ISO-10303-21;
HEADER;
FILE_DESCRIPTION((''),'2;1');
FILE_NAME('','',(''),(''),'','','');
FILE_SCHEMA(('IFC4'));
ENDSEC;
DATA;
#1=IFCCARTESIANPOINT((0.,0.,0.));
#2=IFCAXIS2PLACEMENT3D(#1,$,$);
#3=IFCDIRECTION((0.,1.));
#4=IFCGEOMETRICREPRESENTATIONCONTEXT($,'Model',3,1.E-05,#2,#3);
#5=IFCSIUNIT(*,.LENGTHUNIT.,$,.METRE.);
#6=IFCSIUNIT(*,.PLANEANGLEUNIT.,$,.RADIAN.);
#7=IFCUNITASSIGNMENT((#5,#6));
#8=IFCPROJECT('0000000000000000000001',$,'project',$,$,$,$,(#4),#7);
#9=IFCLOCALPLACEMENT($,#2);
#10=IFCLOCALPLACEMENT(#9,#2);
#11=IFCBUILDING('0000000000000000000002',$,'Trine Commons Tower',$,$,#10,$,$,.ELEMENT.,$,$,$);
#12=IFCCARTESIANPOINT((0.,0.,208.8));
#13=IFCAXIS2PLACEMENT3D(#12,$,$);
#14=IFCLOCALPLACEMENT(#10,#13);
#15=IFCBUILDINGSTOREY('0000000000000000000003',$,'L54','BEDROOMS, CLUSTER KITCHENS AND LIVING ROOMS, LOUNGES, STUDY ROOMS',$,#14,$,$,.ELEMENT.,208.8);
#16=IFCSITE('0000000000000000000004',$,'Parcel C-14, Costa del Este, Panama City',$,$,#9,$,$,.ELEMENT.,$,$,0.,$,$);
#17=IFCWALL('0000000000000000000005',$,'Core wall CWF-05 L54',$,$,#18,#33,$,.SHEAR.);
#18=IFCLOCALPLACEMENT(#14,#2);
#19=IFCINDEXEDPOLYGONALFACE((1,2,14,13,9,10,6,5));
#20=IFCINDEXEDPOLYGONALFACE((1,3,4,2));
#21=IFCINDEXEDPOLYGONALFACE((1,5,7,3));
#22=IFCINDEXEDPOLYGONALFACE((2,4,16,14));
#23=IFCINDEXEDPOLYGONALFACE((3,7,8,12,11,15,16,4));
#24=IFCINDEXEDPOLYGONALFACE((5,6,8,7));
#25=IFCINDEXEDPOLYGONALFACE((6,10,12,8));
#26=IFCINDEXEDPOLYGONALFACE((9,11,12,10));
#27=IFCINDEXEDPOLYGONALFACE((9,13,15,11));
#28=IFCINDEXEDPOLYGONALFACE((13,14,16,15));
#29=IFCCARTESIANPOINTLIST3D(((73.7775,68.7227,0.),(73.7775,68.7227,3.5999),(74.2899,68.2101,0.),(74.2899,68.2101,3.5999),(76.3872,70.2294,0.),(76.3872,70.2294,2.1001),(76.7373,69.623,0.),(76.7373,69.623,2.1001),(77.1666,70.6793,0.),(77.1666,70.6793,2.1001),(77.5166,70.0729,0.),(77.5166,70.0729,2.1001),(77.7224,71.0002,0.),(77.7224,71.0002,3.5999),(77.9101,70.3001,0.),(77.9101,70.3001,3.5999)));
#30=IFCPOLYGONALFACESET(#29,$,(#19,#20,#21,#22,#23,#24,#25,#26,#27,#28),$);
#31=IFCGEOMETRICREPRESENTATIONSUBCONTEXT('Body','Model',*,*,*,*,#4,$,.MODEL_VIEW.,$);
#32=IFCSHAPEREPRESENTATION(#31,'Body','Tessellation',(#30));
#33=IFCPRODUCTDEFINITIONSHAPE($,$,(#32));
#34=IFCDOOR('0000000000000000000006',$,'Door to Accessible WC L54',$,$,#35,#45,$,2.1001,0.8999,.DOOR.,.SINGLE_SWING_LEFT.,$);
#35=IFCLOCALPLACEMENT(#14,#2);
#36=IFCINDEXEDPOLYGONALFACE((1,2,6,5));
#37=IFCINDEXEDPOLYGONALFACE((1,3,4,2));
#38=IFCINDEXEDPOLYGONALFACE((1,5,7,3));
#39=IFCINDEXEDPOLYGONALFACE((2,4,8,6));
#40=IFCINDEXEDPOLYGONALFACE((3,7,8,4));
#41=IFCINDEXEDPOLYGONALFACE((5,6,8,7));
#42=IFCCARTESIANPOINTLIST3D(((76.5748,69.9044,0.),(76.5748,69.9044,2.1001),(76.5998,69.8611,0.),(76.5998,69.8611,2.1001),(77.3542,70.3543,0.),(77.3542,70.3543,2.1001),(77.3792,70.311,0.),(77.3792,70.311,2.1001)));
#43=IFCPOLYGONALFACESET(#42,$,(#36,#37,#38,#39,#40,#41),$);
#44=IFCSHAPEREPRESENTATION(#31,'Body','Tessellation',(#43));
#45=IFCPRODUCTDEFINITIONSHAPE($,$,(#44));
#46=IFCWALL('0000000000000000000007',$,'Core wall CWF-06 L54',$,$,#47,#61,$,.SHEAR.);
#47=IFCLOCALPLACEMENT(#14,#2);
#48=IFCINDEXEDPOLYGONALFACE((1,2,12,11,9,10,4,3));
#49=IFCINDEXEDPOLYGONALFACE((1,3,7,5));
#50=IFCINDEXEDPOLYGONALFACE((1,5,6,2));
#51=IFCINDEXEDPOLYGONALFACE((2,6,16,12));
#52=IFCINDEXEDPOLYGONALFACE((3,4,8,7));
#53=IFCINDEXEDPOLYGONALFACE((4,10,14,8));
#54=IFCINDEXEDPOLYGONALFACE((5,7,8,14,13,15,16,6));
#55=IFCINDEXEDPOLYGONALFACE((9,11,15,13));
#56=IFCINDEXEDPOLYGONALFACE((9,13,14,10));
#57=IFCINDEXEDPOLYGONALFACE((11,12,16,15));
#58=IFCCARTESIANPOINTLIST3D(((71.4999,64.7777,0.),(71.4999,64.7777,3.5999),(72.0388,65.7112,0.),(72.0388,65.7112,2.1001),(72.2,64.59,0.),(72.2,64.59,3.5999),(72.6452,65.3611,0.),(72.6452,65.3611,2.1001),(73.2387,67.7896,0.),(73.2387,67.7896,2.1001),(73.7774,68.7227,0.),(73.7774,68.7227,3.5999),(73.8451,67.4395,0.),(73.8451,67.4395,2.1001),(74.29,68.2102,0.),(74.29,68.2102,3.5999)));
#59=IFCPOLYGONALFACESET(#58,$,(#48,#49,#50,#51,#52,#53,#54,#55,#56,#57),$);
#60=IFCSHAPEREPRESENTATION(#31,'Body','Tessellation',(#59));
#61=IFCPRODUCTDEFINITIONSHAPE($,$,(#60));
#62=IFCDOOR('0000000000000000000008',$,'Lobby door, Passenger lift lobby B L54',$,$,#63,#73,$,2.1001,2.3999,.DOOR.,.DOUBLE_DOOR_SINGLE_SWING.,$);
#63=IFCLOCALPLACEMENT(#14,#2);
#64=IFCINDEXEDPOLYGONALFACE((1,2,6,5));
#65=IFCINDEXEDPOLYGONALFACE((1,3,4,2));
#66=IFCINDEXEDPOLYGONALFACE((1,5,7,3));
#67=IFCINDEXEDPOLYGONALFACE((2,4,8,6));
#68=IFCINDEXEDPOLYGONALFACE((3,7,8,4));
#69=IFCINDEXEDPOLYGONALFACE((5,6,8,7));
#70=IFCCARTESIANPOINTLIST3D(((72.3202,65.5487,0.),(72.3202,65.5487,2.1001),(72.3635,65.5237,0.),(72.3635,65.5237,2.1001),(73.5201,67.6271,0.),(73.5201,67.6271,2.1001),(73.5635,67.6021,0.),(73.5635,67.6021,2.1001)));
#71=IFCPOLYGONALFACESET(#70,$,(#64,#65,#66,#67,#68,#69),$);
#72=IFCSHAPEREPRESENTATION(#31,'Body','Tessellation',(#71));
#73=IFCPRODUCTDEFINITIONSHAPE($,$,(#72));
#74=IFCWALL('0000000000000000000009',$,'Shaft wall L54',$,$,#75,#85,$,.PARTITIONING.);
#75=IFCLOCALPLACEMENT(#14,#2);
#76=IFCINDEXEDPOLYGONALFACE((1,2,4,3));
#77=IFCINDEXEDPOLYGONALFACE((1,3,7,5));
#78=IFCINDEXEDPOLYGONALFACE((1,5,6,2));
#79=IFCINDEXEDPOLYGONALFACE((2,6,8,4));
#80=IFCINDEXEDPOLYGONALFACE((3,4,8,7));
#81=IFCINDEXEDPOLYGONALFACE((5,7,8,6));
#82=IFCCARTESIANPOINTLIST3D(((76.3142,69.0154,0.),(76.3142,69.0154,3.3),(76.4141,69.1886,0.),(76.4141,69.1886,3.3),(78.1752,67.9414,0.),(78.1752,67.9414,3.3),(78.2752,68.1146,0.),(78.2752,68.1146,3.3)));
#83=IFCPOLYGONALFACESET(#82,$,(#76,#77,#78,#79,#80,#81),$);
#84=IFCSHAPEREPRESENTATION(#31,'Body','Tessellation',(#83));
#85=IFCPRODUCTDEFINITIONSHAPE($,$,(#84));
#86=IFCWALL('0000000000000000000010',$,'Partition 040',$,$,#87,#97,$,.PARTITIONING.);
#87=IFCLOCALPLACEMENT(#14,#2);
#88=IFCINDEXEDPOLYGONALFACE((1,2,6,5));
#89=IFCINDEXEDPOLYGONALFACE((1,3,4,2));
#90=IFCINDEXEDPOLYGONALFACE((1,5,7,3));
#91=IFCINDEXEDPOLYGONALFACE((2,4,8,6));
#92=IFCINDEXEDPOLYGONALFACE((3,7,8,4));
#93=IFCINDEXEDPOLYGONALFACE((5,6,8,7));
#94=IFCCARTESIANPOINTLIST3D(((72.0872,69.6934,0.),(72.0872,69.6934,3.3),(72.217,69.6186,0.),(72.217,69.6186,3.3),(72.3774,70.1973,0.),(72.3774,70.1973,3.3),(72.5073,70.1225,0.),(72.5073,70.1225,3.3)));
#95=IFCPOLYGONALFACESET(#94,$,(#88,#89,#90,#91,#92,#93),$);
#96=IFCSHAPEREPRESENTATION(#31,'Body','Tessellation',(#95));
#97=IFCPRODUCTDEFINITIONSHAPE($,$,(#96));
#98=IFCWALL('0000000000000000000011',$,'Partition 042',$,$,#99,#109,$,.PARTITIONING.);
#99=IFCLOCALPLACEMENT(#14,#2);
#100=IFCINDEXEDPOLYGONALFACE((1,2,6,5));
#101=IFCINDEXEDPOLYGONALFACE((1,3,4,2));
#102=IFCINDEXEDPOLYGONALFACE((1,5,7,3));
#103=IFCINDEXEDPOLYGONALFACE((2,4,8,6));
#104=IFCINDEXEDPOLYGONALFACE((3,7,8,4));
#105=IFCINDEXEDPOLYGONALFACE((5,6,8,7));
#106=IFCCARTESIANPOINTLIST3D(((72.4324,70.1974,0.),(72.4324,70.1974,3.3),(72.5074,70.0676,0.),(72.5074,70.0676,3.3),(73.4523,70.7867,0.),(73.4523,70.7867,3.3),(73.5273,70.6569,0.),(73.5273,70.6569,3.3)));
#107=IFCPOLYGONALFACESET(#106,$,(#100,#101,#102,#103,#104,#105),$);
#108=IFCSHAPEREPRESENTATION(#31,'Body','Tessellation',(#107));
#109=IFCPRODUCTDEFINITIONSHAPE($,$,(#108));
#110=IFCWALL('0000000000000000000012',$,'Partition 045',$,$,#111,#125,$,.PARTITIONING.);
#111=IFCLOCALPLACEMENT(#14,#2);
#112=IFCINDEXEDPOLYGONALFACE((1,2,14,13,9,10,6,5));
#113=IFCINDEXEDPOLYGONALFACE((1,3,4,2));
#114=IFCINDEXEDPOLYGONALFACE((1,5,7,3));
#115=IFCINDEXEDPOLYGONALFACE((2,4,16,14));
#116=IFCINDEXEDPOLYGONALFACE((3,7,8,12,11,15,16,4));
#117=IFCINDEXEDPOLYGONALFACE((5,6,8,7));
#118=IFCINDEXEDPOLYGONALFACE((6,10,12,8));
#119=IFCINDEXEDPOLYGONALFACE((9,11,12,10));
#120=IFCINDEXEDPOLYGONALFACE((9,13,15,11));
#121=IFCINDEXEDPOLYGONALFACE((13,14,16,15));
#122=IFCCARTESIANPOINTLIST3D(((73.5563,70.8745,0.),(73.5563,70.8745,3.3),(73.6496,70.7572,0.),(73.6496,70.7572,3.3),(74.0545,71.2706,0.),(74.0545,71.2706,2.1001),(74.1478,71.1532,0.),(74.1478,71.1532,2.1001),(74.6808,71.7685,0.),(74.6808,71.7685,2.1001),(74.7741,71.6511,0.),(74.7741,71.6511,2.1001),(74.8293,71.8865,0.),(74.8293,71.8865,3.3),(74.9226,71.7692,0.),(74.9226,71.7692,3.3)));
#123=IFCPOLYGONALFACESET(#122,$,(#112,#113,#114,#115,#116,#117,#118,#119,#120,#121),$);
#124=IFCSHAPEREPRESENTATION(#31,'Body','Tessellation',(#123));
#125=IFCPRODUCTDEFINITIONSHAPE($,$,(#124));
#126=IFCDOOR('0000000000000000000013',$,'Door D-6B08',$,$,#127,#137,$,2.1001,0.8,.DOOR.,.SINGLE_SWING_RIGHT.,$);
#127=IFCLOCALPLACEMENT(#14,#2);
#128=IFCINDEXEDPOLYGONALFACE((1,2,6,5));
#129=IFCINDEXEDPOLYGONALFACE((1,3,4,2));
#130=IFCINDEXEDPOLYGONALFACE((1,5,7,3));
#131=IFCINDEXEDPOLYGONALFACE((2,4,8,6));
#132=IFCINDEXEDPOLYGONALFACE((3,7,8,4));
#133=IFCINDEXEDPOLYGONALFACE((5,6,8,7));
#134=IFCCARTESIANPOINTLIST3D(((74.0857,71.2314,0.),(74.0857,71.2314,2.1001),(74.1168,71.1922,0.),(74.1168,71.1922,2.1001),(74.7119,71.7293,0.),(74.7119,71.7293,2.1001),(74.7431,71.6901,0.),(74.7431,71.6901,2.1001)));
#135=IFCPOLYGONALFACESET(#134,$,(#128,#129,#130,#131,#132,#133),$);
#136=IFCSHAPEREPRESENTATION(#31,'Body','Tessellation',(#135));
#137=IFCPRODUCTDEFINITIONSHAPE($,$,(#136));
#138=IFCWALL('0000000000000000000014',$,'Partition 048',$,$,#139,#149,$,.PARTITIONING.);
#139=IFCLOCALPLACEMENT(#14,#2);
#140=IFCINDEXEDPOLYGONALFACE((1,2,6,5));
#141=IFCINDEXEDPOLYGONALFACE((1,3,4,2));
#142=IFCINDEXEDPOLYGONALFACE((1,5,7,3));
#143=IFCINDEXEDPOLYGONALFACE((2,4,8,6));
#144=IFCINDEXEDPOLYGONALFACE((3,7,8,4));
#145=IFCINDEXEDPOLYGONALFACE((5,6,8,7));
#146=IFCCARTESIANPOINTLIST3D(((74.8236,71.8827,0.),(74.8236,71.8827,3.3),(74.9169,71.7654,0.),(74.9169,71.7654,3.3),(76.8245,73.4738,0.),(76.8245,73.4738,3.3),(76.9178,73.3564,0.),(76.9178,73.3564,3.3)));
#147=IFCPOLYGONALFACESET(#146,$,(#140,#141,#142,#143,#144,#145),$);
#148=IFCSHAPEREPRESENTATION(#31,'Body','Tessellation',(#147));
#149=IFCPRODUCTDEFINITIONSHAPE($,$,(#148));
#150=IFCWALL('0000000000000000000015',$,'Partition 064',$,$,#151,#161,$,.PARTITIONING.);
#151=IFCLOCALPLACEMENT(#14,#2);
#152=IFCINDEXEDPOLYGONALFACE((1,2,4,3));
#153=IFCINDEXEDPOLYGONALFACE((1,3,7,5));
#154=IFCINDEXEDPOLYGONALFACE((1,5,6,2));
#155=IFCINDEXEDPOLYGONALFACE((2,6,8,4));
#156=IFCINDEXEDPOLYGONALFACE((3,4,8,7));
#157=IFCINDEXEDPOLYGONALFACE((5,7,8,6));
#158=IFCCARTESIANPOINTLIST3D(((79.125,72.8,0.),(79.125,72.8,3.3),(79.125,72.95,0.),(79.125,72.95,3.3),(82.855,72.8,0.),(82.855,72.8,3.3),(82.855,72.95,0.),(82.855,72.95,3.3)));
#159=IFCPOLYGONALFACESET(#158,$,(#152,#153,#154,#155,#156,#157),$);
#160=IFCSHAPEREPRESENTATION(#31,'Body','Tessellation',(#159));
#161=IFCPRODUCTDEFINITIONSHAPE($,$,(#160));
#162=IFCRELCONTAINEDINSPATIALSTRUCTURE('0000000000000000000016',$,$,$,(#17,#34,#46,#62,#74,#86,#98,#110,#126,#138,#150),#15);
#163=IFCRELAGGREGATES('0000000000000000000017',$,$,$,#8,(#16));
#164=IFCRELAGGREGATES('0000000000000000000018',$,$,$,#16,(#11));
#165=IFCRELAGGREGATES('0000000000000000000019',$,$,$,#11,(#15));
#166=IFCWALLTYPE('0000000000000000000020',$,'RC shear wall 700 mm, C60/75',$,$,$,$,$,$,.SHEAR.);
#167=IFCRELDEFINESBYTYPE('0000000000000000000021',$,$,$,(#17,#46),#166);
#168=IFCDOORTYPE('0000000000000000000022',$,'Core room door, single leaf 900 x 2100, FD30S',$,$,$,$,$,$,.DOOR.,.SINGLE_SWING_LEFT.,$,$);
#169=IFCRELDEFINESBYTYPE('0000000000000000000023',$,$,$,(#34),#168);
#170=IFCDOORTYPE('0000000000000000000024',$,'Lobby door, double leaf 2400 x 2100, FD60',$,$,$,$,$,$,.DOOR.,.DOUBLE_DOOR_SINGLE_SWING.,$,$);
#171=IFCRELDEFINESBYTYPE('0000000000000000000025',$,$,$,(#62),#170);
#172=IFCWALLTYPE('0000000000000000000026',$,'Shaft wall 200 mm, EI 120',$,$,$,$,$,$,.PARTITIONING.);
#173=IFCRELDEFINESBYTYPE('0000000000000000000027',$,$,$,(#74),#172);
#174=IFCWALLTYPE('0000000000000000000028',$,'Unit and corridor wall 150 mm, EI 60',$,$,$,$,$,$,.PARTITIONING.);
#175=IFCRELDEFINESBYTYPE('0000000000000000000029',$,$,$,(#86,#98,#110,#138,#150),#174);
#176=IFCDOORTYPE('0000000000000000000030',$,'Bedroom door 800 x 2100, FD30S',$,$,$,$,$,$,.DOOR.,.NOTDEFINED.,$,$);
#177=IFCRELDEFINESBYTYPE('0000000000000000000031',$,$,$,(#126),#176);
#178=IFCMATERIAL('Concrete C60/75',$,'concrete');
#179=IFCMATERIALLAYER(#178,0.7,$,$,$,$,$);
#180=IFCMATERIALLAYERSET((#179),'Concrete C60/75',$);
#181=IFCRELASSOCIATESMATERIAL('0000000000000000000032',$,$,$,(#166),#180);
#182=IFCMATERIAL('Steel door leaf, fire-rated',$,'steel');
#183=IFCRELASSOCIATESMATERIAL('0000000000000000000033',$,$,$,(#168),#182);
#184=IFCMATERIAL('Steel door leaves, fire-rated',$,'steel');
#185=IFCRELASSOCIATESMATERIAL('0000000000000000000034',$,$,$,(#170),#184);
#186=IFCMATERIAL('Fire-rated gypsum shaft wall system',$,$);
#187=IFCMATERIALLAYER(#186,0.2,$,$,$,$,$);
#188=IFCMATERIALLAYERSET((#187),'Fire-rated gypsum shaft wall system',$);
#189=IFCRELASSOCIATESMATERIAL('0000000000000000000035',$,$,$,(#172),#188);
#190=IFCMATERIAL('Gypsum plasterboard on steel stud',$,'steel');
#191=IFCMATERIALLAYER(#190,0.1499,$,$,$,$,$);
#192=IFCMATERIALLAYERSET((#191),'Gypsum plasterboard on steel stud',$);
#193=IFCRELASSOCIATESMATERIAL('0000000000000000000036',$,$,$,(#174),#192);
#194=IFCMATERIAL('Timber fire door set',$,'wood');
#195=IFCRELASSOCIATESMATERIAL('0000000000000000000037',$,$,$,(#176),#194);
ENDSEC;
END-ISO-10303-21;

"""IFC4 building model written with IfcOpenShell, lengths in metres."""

from ifc_helpers import new_model, si_unit, direction, frame, frame_2d, origin, place, context, subcontext, project, spatial, polyline, rectangle, outline, extrude, material, layer, layer_set, type_object, element, fill, save


model = new_model("IFC4")

# Units and contexts
model_context = context("Model", 3, precision=1e-05, world=origin(), true_north=direction((0.0, 1.0)))
body_context = subcontext(model_context, "Body", "Model", "MODEL_VIEW")
ifc_project = project(units=[si_unit("LENGTHUNIT", "METRE"), si_unit("PLANEANGLEUNIT", "RADIAN")], contexts=[model_context])

# Site, building, storey
site_placement = place(None, origin())
site = spatial("IfcSite", under=ifc_project, at=site_placement, Name="Parcel C-14, Costa del Este, Panama City", CompositionType="ELEMENT", RefElevation=0.0)
building_placement = place(site_placement, origin())
building = spatial("IfcBuilding", under=site, at=building_placement, Name="Trine Commons Tower", CompositionType="ELEMENT")
storey_placement = place(building_placement, frame((0.0, 0.0, 208.8)))
storey = spatial("IfcBuildingStorey", under=building, at=storey_placement, Name="L54", Description="BEDROOMS, CLUSTER KITCHENS AND LIVING ROOMS, LOUNGES, STUDY ROOMS", CompositionType="ELEMENT", Elevation=208.8)

# Walls, openings, doors
ifc_material_1 = material(Name="Concrete C60/75", Category="concrete")
ifc_layer_1 = layer(ifc_material_1, 0.7)
ifc_layer_set_1 = layer_set([ifc_layer_1], Name="Concrete C60/75")
wall_type_1 = type_object("IfcWallType", Name="RC shear wall 700 mm, C60/75", PredefinedType="SHEAR", material=ifc_layer_set_1)
wall_1_placement = place(storey_placement, frame((77.8975, 70.697, 0.0), z_axis=(0.0, 0.0, 1.0), x_axis=(-0.866035, -0.499984, 0.0)))
wall_1 = element("IfcWall", 1, at=wall_1_placement, inside=storey, type_object=wall_type_1, Name="Core wall CWF-05 L54", PredefinedType="SHEAR", context=body_context, shape_type="SweptSolid", body=[
    extrude(outline(polyline([(0.0, -0.3501), (4.5552, -0.3501), (4.3677, 0.3501), (0.1875, 0.3501), (0.0, -0.3501)])), origin(), (0.0, 0.0, 1.0), 3.5999),
])
opening_1_placement = place(wall_1_placement, frame((0.6418, 0.0, 0.0)))
opening_1 = element("IfcOpeningElement", 2, at=opening_1_placement, cuts=wall_1, PredefinedType="OPENING", context=body_context, shape_type="SweptSolid", body=[
    extrude(rectangle(XDim=0.8999, YDim=2.1001, at=frame_2d((0.45, 1.05))), frame((0.0, 0.3599, 0.0), z_axis=(0.0, -1.0, 0.0), x_axis=(1.0, 0.0, 0.0)), (0.0, 0.0, 1.0), 0.72),
])
ifc_material_2 = material(Name="Steel door leaf, fire-rated", Category="steel")
door_type_1 = type_object("IfcDoorType", Name="Core room door, single leaf 900 x 2100, FD30S", OperationType="SINGLE_SWING_LEFT", PredefinedType="DOOR", material=ifc_material_2)
door_1_placement = place(opening_1_placement, origin())
door_1 = element("IfcDoor", 3, at=door_1_placement, inside=storey, type_object=door_type_1, Name="Door to Accessible WC L54", OperationType="SINGLE_SWING_LEFT", OverallHeight=2.1001, OverallWidth=0.8999, PredefinedType="DOOR", context=body_context, shape_type="SweptSolid", body=[
    extrude(rectangle(XDim=0.8999, YDim=2.1001, at=frame_2d((0.45, 1.05))), frame((0.0, 0.0752, 0.0), z_axis=(0.0, -1.0, 0.0), x_axis=(1.0, 0.0, 0.0)), (0.0, 0.0, 1.0), 0.05),
])
fill(opening_1, door_1)
wall_2_placement = place(storey_placement, frame((74.0806, 68.5476, 0.0), z_axis=(0.0, 0.0, 1.0), x_axis=(-0.499984, -0.866035, 0.0)))
wall_2 = element("IfcWall", 4, at=wall_2_placement, inside=storey, type_object=wall_type_1, Name="Core wall CWF-06 L54", PredefinedType="SHEAR", context=body_context, shape_type="SweptSolid", body=[
    extrude(outline(polyline([(0.0, -0.3501), (4.5552, -0.3501), (4.3677, 0.3501), (0.1875, 0.3501), (0.0, -0.3501)])), origin(), (0.0, 0.0, 1.0), 3.5999),
])
opening_2_placement = place(wall_2_placement, frame((1.0774, 0.0, 0.0)))
opening_2 = element("IfcOpeningElement", 5, at=opening_2_placement, cuts=wall_2, PredefinedType="OPENING", context=body_context, shape_type="SweptSolid", body=[
    extrude(rectangle(XDim=2.3999, YDim=2.1001, at=frame_2d((1.2, 1.05))), frame((0.0, 0.3599, 0.0), z_axis=(0.0, -1.0, 0.0), x_axis=(1.0, 0.0, 0.0)), (0.0, 0.0, 1.0), 0.72),
])
ifc_material_3 = material(Name="Steel door leaves, fire-rated", Category="steel")
door_type_2 = type_object("IfcDoorType", Name="Lobby door, double leaf 2400 x 2100, FD60", OperationType="DOUBLE_DOOR_SINGLE_SWING", PredefinedType="DOOR", material=ifc_material_3)
door_2_placement = place(opening_2_placement, origin())
door_2 = element("IfcDoor", 6, at=door_2_placement, inside=storey, type_object=door_type_2, Name="Lobby door, Passenger lift lobby B L54", OperationType="DOUBLE_DOOR_SINGLE_SWING", OverallHeight=2.1001, OverallWidth=2.3999, PredefinedType="DOOR", context=body_context, shape_type="SweptSolid", body=[
    extrude(rectangle(XDim=2.3999, YDim=2.1001, at=frame_2d((1.2, 1.05))), frame((0.0, 0.0249, 0.0), z_axis=(0.0, -1.0, 0.0), x_axis=(1.0, 0.0, 0.0)), (0.0, 0.0, 1.0), 0.05),
])
fill(opening_2, door_2)

# Walls
ifc_material_4 = material(Name="Fire-rated gypsum shaft wall system")
ifc_layer_2 = layer(ifc_material_4, 0.2)
ifc_layer_set_2 = layer_set([ifc_layer_2], Name="Fire-rated gypsum shaft wall system")
wall_type_2 = type_object("IfcWallType", Name="Shaft wall 200 mm, EI 120", PredefinedType="PARTITIONING", material=ifc_layer_set_2)
wall_3_placement = place(storey_placement, frame((78.2251, 68.0281, 0.0), z_axis=(0.0, 0.0, 1.0), x_axis=(-0.866131, 0.499818, 0.0)))
element("IfcWall", 7, at=wall_3_placement, inside=storey, type_object=wall_type_2, Name="Shaft wall L54", PredefinedType="PARTITIONING", context=body_context, shape_type="SweptSolid", body=[
    extrude(rectangle(XDim=2.1487, YDim=0.2, at=frame_2d((1.0742, 0.0))), origin(), (0.0, 0.0, 1.0), 3.3),
])
ifc_material_5 = material(Name="Gypsum plasterboard on steel stud", Category="steel")
ifc_layer_3 = layer(ifc_material_5, 0.1499)
ifc_layer_set_3 = layer_set([ifc_layer_3], Name="Gypsum plasterboard on steel stud")
wall_type_3 = type_object("IfcWallType", Name="Unit and corridor wall 150 mm, EI 60", PredefinedType="PARTITIONING", material=ifc_layer_set_3)
wall_4_placement = place(storey_placement, frame((72.1521, 69.656, 0.0), z_axis=(0.0, 0.0, 1.0), x_axis=(0.499165, 0.866507, 0.0)))
element("IfcWall", 8, at=wall_4_placement, inside=storey, type_object=wall_type_3, Name="Partition 040", PredefinedType="PARTITIONING", context=body_context, shape_type="SweptSolid", body=[
    extrude(rectangle(XDim=0.5815, YDim=0.1499, at=frame_2d((0.2908, 0.0))), origin(), (0.0, 0.0, 1.0), 3.3),
])
wall_5_placement = place(storey_placement, frame((72.47, 70.1326, 0.0), z_axis=(0.0, 0.0, 1.0), x_axis=(0.865861, 0.500285, 0.0)))
element("IfcWall", 9, at=wall_5_placement, inside=storey, type_object=wall_type_3, Name="Partition 042", PredefinedType="PARTITIONING", context=body_context, shape_type="SweptSolid", body=[
    extrude(rectangle(XDim=1.178, YDim=0.1499, at=frame_2d((0.5889, 0.0))), origin(), (0.0, 0.0, 1.0), 3.3),
])

# Wall, opening, door
wall_6_placement = place(storey_placement, frame((73.603, 70.8159, 0.0), z_axis=(0.0, 0.0, 1.0), x_axis=(0.782784, 0.622294, 0.0)))
wall_6 = element("IfcWall", 10, at=wall_6_placement, inside=storey, type_object=wall_type_3, Name="Partition 045", PredefinedType="PARTITIONING", context=body_context, shape_type="SweptSolid", body=[
    extrude(rectangle(XDim=1.6262, YDim=0.1499, at=frame_2d((0.813, 0.0))), origin(), (0.0, 0.0, 1.0), 3.3),
])
opening_3_placement = place(wall_6_placement, frame((0.6365, 0.0, 0.0)))
opening_3 = element("IfcOpeningElement", 11, at=opening_3_placement, cuts=wall_6, PredefinedType="OPENING", context=body_context, shape_type="SweptSolid", body=[
    extrude(rectangle(XDim=0.8, YDim=2.1001, at=frame_2d((0.3999, 1.05))), frame((0.0, 0.085, 0.0), z_axis=(0.0, -1.0, 0.0), x_axis=(1.0, 0.0, 0.0)), (0.0, 0.0, 1.0), 0.1699),
])
ifc_material_6 = material(Name="Timber fire door set", Category="wood")
door_type_3 = type_object("IfcDoorType", Name="Bedroom door 800 x 2100, FD30S", OperationType="NOTDEFINED", PredefinedType="DOOR", material=ifc_material_6)
door_3_placement = place(opening_3_placement, origin())
door_3 = element("IfcDoor", 12, at=door_3_placement, inside=storey, type_object=door_type_3, Name="Door D-6B08", OperationType="SINGLE_SWING_RIGHT", OverallHeight=2.1001, OverallWidth=0.8, PredefinedType="DOOR", context=body_context, shape_type="SweptSolid", body=[
    extrude(rectangle(XDim=0.8, YDim=2.1001, at=frame_2d((0.3999, 1.05))), frame((0.0, 0.0249, 0.0), z_axis=(0.0, -1.0, 0.0), x_axis=(1.0, 0.0, 0.0)), (0.0, 0.0, 1.0), 0.05),
])
fill(opening_3, door_3)

# Walls
wall_7_placement = place(storey_placement, frame((74.8701, 71.824, 0.0), z_axis=(0.0, 0.0, 1.0), x_axis=(0.782719, 0.622375, 0.0)))
element("IfcWall", 13, at=wall_7_placement, inside=storey, type_object=wall_type_3, Name="Partition 048", PredefinedType="PARTITIONING", context=body_context, shape_type="SweptSolid", body=[
    extrude(rectangle(XDim=2.5564, YDim=0.1499, at=frame_2d((1.2783, 0.0))), origin(), (0.0, 0.0, 1.0), 3.3),
])
wall_8_placement = place(storey_placement, frame((79.125, 72.875, 0.0), z_axis=(0.0, 0.0, 1.0), x_axis=(1.0, 0.0, 0.0)))
element("IfcWall", 14, at=wall_8_placement, inside=storey, type_object=wall_type_3, Name="Partition 064", PredefinedType="PARTITIONING", context=body_context, shape_type="SweptSolid", body=[
    extrude(rectangle(XDim=3.73, YDim=0.1499, at=frame_2d((1.865, 0.0))), origin(), (0.0, 0.0, 1.0), 3.3),
])

save(model, "model.ifc")
